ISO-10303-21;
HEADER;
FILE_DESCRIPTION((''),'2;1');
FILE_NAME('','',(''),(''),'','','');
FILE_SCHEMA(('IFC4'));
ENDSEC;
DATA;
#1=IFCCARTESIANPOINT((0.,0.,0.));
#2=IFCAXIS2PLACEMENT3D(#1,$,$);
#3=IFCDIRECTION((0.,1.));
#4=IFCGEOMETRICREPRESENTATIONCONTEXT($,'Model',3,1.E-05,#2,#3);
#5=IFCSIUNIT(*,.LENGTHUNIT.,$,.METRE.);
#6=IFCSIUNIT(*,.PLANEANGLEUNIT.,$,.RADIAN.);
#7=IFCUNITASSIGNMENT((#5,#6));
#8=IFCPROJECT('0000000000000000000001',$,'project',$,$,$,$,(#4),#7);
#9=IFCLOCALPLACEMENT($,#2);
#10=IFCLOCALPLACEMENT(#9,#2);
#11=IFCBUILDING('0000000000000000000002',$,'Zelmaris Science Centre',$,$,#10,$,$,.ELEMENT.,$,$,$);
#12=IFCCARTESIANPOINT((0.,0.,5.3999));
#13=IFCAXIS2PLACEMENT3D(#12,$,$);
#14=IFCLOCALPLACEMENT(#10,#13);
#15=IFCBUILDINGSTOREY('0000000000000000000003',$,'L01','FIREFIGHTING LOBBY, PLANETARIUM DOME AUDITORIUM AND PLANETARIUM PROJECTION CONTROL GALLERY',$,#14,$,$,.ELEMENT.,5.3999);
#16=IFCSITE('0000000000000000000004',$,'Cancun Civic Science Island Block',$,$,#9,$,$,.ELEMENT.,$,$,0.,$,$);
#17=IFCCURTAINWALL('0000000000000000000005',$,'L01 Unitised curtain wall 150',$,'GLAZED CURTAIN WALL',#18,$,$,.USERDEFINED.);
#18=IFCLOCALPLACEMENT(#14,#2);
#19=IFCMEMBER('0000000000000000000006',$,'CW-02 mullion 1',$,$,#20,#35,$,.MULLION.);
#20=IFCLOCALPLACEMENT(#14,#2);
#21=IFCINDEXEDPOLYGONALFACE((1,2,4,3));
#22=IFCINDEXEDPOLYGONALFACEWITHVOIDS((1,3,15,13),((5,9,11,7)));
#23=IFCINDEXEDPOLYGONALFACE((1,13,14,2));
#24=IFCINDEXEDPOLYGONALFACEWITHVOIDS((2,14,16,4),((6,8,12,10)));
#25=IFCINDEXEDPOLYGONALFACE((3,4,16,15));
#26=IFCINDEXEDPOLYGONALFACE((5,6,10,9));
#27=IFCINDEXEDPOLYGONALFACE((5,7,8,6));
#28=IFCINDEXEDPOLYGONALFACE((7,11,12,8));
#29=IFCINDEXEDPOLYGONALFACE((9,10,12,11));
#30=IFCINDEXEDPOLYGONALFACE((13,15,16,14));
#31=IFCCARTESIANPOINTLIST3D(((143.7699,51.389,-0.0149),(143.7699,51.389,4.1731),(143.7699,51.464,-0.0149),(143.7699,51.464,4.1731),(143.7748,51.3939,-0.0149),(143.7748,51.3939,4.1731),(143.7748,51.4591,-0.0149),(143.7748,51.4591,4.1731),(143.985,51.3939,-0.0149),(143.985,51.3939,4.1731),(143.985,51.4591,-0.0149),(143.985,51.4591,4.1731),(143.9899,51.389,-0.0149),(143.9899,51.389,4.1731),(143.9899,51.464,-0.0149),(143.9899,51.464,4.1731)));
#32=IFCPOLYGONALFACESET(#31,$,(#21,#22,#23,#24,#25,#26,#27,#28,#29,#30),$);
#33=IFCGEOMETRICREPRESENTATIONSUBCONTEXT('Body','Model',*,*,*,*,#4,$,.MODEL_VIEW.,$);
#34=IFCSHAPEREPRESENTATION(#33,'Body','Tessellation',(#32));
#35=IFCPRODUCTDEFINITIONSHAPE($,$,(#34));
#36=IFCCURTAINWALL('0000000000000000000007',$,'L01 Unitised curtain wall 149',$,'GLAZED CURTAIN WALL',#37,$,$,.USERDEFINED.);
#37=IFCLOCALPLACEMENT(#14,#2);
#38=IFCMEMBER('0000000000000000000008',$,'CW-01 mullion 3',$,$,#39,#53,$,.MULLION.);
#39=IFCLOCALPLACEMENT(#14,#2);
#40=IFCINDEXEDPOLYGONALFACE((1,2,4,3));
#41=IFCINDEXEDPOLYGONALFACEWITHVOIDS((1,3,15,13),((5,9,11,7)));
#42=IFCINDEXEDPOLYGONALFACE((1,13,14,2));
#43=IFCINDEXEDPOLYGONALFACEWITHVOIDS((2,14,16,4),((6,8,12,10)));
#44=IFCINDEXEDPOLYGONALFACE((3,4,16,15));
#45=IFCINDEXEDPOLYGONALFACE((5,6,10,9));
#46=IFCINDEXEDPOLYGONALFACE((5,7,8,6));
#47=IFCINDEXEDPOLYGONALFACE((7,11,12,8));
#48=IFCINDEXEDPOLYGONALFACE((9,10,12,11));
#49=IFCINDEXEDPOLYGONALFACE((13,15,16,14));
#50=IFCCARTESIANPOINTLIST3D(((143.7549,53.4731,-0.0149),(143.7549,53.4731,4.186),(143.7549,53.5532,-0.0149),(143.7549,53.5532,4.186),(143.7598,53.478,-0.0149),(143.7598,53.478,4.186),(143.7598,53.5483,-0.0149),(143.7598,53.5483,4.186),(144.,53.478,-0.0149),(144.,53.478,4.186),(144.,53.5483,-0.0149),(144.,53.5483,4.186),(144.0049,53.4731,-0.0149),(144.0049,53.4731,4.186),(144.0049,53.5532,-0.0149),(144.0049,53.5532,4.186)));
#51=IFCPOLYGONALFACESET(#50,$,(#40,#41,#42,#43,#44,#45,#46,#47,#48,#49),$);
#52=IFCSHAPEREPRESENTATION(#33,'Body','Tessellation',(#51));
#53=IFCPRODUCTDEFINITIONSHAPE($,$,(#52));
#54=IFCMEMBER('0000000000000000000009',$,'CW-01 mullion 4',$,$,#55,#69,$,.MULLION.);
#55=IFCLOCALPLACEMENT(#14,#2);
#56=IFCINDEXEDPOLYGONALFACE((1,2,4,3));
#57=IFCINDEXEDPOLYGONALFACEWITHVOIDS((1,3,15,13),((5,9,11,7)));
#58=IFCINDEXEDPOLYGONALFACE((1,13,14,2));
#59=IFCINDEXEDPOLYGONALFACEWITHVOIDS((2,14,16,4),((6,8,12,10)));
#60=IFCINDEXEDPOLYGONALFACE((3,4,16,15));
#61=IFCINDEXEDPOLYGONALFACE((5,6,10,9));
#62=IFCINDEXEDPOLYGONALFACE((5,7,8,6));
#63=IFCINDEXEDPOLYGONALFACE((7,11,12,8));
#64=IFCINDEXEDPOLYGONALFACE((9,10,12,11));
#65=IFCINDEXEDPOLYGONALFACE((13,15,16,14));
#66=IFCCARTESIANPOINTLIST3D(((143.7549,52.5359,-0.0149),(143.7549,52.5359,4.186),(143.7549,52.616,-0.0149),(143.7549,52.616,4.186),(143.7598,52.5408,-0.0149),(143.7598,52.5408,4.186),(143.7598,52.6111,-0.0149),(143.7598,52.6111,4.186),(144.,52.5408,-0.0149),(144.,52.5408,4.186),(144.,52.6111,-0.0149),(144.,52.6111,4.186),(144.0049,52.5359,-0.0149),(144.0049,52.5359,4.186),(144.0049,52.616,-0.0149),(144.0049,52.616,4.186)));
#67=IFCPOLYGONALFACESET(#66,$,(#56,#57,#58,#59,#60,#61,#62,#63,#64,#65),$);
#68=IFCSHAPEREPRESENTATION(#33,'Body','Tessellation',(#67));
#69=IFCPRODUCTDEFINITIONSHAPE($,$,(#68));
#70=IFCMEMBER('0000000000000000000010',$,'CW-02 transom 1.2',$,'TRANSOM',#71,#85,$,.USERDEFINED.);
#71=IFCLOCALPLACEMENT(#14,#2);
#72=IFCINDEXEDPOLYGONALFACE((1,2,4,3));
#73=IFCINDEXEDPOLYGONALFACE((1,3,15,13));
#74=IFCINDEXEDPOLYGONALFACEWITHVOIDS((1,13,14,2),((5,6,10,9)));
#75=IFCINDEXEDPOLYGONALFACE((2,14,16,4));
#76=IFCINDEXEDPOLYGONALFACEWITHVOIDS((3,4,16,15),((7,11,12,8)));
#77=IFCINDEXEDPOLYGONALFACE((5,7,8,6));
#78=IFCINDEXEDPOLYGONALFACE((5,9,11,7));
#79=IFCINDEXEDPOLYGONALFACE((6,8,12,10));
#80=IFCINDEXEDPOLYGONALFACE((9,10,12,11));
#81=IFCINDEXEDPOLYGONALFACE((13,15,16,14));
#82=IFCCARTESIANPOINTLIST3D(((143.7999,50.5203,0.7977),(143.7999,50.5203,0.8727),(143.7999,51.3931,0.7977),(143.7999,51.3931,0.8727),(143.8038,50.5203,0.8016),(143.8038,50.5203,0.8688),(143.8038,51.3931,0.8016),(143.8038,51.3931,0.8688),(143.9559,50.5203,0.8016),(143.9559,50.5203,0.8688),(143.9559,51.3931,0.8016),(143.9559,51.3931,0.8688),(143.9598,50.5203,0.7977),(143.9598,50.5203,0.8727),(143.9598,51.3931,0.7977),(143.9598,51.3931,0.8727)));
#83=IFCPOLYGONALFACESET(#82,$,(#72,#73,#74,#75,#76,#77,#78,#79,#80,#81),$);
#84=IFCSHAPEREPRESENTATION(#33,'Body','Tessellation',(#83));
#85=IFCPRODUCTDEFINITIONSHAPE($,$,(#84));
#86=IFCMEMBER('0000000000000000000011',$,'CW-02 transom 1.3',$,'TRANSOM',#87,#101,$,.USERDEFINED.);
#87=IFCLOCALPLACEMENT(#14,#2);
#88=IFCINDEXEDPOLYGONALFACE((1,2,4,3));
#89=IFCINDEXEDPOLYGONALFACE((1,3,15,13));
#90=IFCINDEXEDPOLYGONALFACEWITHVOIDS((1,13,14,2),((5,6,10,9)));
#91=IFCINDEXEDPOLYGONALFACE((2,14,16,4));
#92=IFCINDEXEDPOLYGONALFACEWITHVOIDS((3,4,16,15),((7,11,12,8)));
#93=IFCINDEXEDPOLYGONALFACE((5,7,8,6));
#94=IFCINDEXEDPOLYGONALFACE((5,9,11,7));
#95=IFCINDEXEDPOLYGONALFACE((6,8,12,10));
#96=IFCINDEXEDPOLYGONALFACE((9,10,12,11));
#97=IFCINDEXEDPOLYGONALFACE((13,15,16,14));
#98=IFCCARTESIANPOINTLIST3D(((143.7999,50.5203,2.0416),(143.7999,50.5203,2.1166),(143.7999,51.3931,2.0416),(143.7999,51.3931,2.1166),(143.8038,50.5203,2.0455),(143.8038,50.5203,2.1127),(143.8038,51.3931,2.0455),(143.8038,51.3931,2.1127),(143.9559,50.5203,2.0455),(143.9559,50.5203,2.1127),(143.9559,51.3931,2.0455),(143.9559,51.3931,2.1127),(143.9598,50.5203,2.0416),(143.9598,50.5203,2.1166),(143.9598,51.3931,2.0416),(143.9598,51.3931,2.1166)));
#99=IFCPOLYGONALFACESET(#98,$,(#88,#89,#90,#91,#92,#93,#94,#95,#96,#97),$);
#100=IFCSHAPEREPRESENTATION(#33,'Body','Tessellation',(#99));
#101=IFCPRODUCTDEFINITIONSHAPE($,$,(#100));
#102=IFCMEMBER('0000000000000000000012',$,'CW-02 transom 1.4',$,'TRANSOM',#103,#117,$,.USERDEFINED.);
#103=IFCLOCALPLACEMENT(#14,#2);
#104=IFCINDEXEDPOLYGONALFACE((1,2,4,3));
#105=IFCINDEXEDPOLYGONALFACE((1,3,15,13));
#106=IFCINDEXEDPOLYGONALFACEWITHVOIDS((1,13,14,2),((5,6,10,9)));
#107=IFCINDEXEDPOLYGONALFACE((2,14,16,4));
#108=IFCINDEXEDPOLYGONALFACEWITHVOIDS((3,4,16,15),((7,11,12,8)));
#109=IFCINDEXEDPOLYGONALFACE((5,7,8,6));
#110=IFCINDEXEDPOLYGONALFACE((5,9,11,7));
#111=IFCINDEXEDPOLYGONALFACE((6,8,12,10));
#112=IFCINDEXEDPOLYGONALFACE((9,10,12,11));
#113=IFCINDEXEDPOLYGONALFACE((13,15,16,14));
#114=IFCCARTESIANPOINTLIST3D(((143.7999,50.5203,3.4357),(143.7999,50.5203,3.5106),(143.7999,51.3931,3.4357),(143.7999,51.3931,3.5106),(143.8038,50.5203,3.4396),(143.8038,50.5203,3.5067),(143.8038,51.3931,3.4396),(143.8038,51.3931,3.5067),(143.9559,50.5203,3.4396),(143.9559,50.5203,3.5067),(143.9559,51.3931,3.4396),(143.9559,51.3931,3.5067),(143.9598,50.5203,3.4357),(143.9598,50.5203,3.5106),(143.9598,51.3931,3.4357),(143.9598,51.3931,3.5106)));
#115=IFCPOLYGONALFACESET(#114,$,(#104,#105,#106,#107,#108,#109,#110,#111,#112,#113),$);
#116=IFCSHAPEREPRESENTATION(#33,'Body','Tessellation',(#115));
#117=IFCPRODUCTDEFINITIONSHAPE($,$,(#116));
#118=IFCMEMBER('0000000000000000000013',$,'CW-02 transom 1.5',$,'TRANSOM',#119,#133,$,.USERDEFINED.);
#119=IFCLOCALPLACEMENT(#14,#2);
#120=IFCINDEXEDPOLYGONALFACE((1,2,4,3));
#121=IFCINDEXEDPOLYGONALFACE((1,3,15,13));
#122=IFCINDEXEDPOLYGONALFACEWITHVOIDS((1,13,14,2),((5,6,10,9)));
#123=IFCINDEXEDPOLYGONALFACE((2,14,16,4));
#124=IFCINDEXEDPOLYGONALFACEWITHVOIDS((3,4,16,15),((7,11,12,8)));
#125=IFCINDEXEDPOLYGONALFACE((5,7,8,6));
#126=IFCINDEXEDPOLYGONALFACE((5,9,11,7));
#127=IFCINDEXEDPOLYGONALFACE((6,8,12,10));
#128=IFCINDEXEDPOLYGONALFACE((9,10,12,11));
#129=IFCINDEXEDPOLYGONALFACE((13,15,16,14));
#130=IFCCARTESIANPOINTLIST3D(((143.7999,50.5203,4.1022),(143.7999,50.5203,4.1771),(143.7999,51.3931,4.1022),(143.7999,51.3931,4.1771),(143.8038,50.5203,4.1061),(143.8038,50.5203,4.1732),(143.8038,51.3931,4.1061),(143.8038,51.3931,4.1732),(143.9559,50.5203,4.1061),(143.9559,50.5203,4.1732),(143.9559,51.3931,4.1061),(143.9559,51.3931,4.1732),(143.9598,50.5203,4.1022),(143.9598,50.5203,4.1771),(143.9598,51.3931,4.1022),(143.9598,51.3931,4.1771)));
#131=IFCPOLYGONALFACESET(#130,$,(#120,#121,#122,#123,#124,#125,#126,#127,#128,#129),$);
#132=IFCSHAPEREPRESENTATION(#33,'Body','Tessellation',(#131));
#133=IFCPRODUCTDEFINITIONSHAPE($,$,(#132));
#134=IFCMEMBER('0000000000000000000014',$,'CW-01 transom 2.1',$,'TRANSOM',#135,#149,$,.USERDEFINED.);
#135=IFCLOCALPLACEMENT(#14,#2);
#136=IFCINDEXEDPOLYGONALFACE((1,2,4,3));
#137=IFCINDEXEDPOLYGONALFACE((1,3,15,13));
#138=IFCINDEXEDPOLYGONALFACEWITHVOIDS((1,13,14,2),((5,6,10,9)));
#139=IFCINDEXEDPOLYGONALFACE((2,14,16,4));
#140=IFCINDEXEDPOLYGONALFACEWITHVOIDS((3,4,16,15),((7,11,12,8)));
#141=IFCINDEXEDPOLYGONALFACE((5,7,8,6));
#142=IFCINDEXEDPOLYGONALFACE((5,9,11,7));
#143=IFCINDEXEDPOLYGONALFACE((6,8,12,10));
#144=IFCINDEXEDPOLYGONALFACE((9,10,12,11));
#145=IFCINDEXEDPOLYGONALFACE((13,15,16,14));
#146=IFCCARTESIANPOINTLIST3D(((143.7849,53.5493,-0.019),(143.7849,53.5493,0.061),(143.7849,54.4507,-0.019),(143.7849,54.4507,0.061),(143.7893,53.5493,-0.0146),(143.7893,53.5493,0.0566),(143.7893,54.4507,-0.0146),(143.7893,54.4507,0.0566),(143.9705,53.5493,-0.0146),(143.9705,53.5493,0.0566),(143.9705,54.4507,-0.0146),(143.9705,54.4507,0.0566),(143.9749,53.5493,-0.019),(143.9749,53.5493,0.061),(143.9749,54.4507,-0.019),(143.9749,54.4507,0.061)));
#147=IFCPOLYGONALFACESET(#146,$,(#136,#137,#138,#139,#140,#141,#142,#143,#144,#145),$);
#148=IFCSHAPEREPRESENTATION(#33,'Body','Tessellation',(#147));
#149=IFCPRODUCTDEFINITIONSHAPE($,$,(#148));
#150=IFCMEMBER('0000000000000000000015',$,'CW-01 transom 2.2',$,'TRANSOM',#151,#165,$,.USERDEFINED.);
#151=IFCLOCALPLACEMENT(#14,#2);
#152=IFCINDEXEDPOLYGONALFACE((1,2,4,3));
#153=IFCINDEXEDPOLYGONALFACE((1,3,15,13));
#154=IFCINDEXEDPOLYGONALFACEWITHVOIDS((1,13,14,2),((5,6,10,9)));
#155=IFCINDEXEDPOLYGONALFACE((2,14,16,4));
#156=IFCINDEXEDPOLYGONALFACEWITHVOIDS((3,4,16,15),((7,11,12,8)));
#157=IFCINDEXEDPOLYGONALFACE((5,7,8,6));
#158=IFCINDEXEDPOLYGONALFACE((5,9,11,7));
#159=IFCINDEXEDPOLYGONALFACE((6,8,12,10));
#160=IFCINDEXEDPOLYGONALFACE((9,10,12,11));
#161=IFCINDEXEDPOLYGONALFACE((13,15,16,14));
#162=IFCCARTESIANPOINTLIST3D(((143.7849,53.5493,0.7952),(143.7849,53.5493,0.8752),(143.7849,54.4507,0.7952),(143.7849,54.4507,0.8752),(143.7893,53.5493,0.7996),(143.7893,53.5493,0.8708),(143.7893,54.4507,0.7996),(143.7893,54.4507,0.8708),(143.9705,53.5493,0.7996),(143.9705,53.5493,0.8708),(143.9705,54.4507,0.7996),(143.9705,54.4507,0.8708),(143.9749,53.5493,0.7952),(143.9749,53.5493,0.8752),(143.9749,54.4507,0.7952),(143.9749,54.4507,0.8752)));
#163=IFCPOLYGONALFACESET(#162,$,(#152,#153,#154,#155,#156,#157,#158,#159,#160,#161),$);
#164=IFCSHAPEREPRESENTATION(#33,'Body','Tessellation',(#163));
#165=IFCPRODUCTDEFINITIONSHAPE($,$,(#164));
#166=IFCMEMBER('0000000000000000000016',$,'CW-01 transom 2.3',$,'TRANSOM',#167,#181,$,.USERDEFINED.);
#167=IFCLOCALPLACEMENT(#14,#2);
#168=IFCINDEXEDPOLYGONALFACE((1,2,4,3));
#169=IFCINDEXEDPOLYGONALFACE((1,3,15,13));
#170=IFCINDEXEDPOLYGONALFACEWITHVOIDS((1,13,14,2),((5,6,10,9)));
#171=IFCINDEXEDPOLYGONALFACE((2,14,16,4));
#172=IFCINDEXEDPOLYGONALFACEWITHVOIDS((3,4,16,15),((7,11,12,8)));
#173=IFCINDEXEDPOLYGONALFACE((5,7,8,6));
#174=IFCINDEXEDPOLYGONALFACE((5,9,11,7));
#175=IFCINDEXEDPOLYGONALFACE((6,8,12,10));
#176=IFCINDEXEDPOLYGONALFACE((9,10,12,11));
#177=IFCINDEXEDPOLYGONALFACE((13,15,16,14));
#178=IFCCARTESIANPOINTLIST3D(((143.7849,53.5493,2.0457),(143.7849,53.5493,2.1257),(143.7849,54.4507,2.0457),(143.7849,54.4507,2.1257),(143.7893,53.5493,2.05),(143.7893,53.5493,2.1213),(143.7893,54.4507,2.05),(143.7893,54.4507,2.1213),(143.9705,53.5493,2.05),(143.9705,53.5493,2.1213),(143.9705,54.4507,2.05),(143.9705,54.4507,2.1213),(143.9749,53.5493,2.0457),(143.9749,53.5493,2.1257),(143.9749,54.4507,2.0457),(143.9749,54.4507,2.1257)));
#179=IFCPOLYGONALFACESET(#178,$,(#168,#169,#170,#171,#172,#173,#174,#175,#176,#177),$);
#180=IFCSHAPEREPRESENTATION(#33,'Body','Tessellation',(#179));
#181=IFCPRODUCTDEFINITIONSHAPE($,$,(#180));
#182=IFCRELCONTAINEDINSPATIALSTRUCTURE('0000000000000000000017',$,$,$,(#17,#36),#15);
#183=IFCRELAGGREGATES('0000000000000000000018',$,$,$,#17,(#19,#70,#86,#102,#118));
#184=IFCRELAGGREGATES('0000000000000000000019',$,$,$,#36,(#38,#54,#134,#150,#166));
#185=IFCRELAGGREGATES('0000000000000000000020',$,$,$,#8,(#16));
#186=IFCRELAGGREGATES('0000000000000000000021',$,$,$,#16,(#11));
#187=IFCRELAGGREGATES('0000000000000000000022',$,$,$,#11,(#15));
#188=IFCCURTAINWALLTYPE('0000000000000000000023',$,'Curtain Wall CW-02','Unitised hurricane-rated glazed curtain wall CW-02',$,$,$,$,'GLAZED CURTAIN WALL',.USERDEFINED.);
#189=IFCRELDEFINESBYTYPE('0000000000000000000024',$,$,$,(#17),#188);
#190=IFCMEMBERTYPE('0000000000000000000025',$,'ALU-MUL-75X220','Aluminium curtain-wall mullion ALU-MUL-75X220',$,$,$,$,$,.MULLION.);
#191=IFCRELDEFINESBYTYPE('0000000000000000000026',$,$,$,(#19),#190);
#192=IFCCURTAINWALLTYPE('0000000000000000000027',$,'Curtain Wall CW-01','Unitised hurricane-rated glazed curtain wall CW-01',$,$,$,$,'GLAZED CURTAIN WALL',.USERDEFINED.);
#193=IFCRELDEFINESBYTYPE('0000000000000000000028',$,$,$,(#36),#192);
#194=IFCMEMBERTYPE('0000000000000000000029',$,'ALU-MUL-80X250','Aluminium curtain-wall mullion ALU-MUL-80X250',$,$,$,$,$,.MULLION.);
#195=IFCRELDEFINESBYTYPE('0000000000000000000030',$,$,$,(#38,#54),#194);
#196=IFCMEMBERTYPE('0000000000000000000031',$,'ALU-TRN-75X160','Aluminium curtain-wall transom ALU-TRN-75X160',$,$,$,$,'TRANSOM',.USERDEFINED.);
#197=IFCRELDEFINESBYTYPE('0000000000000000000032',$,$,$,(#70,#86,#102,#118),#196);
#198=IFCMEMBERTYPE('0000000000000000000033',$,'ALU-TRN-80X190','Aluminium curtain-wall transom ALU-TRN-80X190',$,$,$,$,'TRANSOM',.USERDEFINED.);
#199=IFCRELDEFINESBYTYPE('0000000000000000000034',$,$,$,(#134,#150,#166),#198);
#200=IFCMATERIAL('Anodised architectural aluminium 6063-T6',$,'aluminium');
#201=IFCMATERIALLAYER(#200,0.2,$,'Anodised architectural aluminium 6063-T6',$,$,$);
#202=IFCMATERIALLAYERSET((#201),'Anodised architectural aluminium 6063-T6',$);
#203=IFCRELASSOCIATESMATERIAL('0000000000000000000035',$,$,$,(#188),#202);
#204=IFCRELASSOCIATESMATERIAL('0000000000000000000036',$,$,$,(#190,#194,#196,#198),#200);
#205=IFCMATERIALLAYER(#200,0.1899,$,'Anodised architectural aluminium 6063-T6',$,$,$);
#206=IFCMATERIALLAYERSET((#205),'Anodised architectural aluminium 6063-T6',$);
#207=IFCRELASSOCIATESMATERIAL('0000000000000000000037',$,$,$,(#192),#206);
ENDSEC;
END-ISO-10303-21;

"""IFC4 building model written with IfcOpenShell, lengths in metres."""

from ifc_helpers import new_model, si_unit, direction, frame, origin, origin_2d, place, context, subcontext, project, spatial, hollow_rectangle, extrude, material, layer, layer_set, material_profile, profile_set, type_object, element, aggregate, save


model = new_model("IFC4")

# Units and contexts
model_context = context("Model", 3, precision=1e-05, world=origin(), true_north=direction((0.0, 1.0)))
body_context = subcontext(model_context, "Body", "Model", "MODEL_VIEW")
ifc_project = project(units=[si_unit("LENGTHUNIT", "METRE"), si_unit("PLANEANGLEUNIT", "RADIAN")], contexts=[model_context])

# Site, building, storey
site_placement = place(None, origin())
site = spatial("IfcSite", under=ifc_project, at=site_placement, Name="Cancun Civic Science Island Block", CompositionType="ELEMENT", RefElevation=0.0)
building_placement = place(site_placement, origin())
building = spatial("IfcBuilding", under=site, at=building_placement, Name="Zelmaris Science Centre", CompositionType="ELEMENT")
storey_placement = place(building_placement, frame((0.0, 0.0, 5.3999)))
storey = spatial("IfcBuildingStorey", under=building, at=storey_placement, Name="L01", Description="FIREFIGHTING LOBBY, PLANETARIUM DOME AUDITORIUM AND PLANETARIUM PROJECTION CONTROL GALLERY", CompositionType="ELEMENT", Elevation=5.3999)

# Curtain wall, member
ifc_material_1 = material(Name="Anodised architectural aluminium 6063-T6", Category="aluminium")
ifc_layer_1 = layer(ifc_material_1, 0.2, Name="Anodised architectural aluminium 6063-T6")
ifc_layer_set_1 = layer_set([ifc_layer_1], Name="Anodised architectural aluminium 6063-T6")
curtain_wall_type_1 = type_object("IfcCurtainWallType", Name="Curtain Wall CW-02", Description="Unitised hurricane-rated glazed curtain wall CW-02", ElementType="GLAZED CURTAIN WALL", PredefinedType="USERDEFINED", material=ifc_layer_set_1)
curtain_wall_1_placement = place(storey_placement, origin())
curtain_wall_1 = element("IfcCurtainWall", 1, at=curtain_wall_1_placement, inside=storey, type_object=curtain_wall_type_1, Name="L01 Unitised curtain wall 150", ObjectType="GLAZED CURTAIN WALL", PredefinedType="USERDEFINED")
ifc_material_profile_1 = material_profile(ifc_material_1, hollow_rectangle(XDim=0.075, YDim=0.22, WallThickness=0.0049, at=origin_2d()), Name="ALU-MUL-75X220")
ifc_profile_set_1 = profile_set([ifc_material_profile_1], Name="Anodised architectural aluminium 6063-T6")
member_type_1 = type_object("IfcMemberType", Name="ALU-MUL-75X220", Description="Aluminium curtain-wall mullion ALU-MUL-75X220", PredefinedType="MULLION", material=ifc_profile_set_1)
member_1_placement = place(storey_placement, frame((143.8799, 51.4265, -0.0149), z_axis=(0.0, 0.0, 1.0), x_axis=(0.0, -1.0, 0.0)))
member_1 = element("IfcMember", 2, at=member_1_placement, type_object=member_type_1, Name="CW-02 mullion 1", PredefinedType="MULLION", context=body_context, shape_type="SweptSolid", body=[
    extrude(hollow_rectangle(XDim=0.075, YDim=0.22, WallThickness=0.0049, at=origin_2d()), origin(), (0.0, 0.0, 1.0), 4.188),
])

# Curtain wall, members
ifc_layer_2 = layer(ifc_material_1, 0.1899, Name="Anodised architectural aluminium 6063-T6")
ifc_layer_set_2 = layer_set([ifc_layer_2], Name="Anodised architectural aluminium 6063-T6")
curtain_wall_type_2 = type_object("IfcCurtainWallType", Name="Curtain Wall CW-01", Description="Unitised hurricane-rated glazed curtain wall CW-01", ElementType="GLAZED CURTAIN WALL", PredefinedType="USERDEFINED", material=ifc_layer_set_2)
curtain_wall_2_placement = place(storey_placement, origin())
curtain_wall_2 = element("IfcCurtainWall", 3, at=curtain_wall_2_placement, inside=storey, type_object=curtain_wall_type_2, Name="L01 Unitised curtain wall 149", ObjectType="GLAZED CURTAIN WALL", PredefinedType="USERDEFINED")
ifc_material_profile_2 = material_profile(ifc_material_1, hollow_rectangle(XDim=0.0801, YDim=0.25, WallThickness=0.0049, at=origin_2d()), Name="ALU-MUL-80X250")
ifc_profile_set_2 = profile_set([ifc_material_profile_2], Name="Anodised architectural aluminium 6063-T6")
member_type_2 = type_object("IfcMemberType", Name="ALU-MUL-80X250", Description="Aluminium curtain-wall mullion ALU-MUL-80X250", PredefinedType="MULLION", material=ifc_profile_set_2)
member_2_placement = place(storey_placement, frame((143.8799, 53.5132, -0.0149), z_axis=(0.0, 0.0, 1.0), x_axis=(0.0, -1.0, 0.0)))
member_2 = element("IfcMember", 4, at=member_2_placement, type_object=member_type_2, Name="CW-01 mullion 3", PredefinedType="MULLION", context=body_context, shape_type="SweptSolid", body=[
    extrude(hollow_rectangle(XDim=0.0801, YDim=0.25, WallThickness=0.0049, at=origin_2d()), origin(), (0.0, 0.0, 1.0), 4.2009),
])
member_3_placement = place(storey_placement, frame((143.8799, 52.5759, -0.0149), z_axis=(0.0, 0.0, 1.0), x_axis=(0.0, -1.0, 0.0)))
member_3 = element("IfcMember", 5, at=member_3_placement, type_object=member_type_2, Name="CW-01 mullion 4", PredefinedType="MULLION", context=body_context, shape_type="SweptSolid", body=[
    extrude(hollow_rectangle(XDim=0.0801, YDim=0.25, WallThickness=0.0049, at=origin_2d()), origin(), (0.0, 0.0, 1.0), 4.2009),
])

# Members
ifc_material_profile_3 = material_profile(ifc_material_1, hollow_rectangle(XDim=0.075, YDim=0.1599, WallThickness=0.0039, at=origin_2d()), Name="ALU-TRN-75X160")
ifc_profile_set_3 = profile_set([ifc_material_profile_3], Name="Anodised architectural aluminium 6063-T6")
member_type_3 = type_object("IfcMemberType", Name="ALU-TRN-75X160", Description="Aluminium curtain-wall transom ALU-TRN-75X160", ElementType="TRANSOM", PredefinedType="USERDEFINED", material=ifc_profile_set_3)
member_4_placement = place(storey_placement, frame((143.8799, 51.3931, 0.8352), z_axis=(0.0, -1.0, 0.0), x_axis=(0.0, 0.0, 1.0)))
member_4 = element("IfcMember", 6, at=member_4_placement, type_object=member_type_3, Name="CW-02 transom 1.2", ObjectType="TRANSOM", PredefinedType="USERDEFINED", context=body_context, shape_type="SweptSolid", body=[
    extrude(hollow_rectangle(XDim=0.075, YDim=0.1599, WallThickness=0.0039, at=origin_2d()), origin(), (0.0, 0.0, 1.0), 0.8728),
])
member_5_placement = place(storey_placement, frame((143.8799, 51.3931, 2.0791), z_axis=(0.0, -1.0, 0.0), x_axis=(0.0, 0.0, 1.0)))
member_5 = element("IfcMember", 7, at=member_5_placement, type_object=member_type_3, Name="CW-02 transom 1.3", ObjectType="TRANSOM", PredefinedType="USERDEFINED", context=body_context, shape_type="SweptSolid", body=[
    extrude(hollow_rectangle(XDim=0.075, YDim=0.1599, WallThickness=0.0039, at=origin_2d()), origin(), (0.0, 0.0, 1.0), 0.8728),
])
member_6_placement = place(storey_placement, frame((143.8799, 51.3931, 3.4731), z_axis=(0.0, -1.0, 0.0), x_axis=(0.0, 0.0, 1.0)))
member_6 = element("IfcMember", 8, at=member_6_placement, type_object=member_type_3, Name="CW-02 transom 1.4", ObjectType="TRANSOM", PredefinedType="USERDEFINED", context=body_context, shape_type="SweptSolid", body=[
    extrude(hollow_rectangle(XDim=0.075, YDim=0.1599, WallThickness=0.0039, at=origin_2d()), origin(), (0.0, 0.0, 1.0), 0.8728),
])
member_7_placement = place(storey_placement, frame((143.8799, 51.3931, 4.1396), z_axis=(0.0, -1.0, 0.0), x_axis=(0.0, 0.0, 1.0)))
member_7 = element("IfcMember", 9, at=member_7_placement, type_object=member_type_3, Name="CW-02 transom 1.5", ObjectType="TRANSOM", PredefinedType="USERDEFINED", context=body_context, shape_type="SweptSolid", body=[
    extrude(hollow_rectangle(XDim=0.075, YDim=0.1599, WallThickness=0.0039, at=origin_2d()), origin(), (0.0, 0.0, 1.0), 0.8728),
])
aggregate(curtain_wall_1, [member_1, member_4, member_5, member_6, member_7])
ifc_material_profile_4 = material_profile(ifc_material_1, hollow_rectangle(XDim=0.0801, YDim=0.1899, WallThickness=0.0044, at=origin_2d()), Name="ALU-TRN-80X190")
ifc_profile_set_4 = profile_set([ifc_material_profile_4], Name="Anodised architectural aluminium 6063-T6")
member_type_4 = type_object("IfcMemberType", Name="ALU-TRN-80X190", Description="Aluminium curtain-wall transom ALU-TRN-80X190", ElementType="TRANSOM", PredefinedType="USERDEFINED", material=ifc_profile_set_4)
member_8_placement = place(storey_placement, frame((143.8799, 54.4507, 0.021), z_axis=(0.0, -1.0, 0.0), x_axis=(0.0, 0.0, 1.0)))
member_8 = element("IfcMember", 10, at=member_8_placement, type_object=member_type_4, Name="CW-01 transom 2.1", ObjectType="TRANSOM", PredefinedType="USERDEFINED", context=body_context, shape_type="SweptSolid", body=[
    extrude(hollow_rectangle(XDim=0.0801, YDim=0.1899, WallThickness=0.0044, at=origin_2d()), origin(), (0.0, 0.0, 1.0), 0.9014),
])
member_9_placement = place(storey_placement, frame((143.8799, 54.4507, 0.8352), z_axis=(0.0, -1.0, 0.0), x_axis=(0.0, 0.0, 1.0)))
member_9 = element("IfcMember", 11, at=member_9_placement, type_object=member_type_4, Name="CW-01 transom 2.2", ObjectType="TRANSOM", PredefinedType="USERDEFINED", context=body_context, shape_type="SweptSolid", body=[
    extrude(hollow_rectangle(XDim=0.0801, YDim=0.1899, WallThickness=0.0044, at=origin_2d()), origin(), (0.0, 0.0, 1.0), 0.9014),
])
member_10_placement = place(storey_placement, frame((143.8799, 54.4507, 2.0857), z_axis=(0.0, -1.0, 0.0), x_axis=(0.0, 0.0, 1.0)))
member_10 = element("IfcMember", 12, at=member_10_placement, type_object=member_type_4, Name="CW-01 transom 2.3", ObjectType="TRANSOM", PredefinedType="USERDEFINED", context=body_context, shape_type="SweptSolid", body=[
    extrude(hollow_rectangle(XDim=0.0801, YDim=0.1899, WallThickness=0.0044, at=origin_2d()), origin(), (0.0, 0.0, 1.0), 0.9014),
])

aggregate(curtain_wall_2, [member_2, member_3, member_8, member_9, member_10])

save(model, "model.ifc")
